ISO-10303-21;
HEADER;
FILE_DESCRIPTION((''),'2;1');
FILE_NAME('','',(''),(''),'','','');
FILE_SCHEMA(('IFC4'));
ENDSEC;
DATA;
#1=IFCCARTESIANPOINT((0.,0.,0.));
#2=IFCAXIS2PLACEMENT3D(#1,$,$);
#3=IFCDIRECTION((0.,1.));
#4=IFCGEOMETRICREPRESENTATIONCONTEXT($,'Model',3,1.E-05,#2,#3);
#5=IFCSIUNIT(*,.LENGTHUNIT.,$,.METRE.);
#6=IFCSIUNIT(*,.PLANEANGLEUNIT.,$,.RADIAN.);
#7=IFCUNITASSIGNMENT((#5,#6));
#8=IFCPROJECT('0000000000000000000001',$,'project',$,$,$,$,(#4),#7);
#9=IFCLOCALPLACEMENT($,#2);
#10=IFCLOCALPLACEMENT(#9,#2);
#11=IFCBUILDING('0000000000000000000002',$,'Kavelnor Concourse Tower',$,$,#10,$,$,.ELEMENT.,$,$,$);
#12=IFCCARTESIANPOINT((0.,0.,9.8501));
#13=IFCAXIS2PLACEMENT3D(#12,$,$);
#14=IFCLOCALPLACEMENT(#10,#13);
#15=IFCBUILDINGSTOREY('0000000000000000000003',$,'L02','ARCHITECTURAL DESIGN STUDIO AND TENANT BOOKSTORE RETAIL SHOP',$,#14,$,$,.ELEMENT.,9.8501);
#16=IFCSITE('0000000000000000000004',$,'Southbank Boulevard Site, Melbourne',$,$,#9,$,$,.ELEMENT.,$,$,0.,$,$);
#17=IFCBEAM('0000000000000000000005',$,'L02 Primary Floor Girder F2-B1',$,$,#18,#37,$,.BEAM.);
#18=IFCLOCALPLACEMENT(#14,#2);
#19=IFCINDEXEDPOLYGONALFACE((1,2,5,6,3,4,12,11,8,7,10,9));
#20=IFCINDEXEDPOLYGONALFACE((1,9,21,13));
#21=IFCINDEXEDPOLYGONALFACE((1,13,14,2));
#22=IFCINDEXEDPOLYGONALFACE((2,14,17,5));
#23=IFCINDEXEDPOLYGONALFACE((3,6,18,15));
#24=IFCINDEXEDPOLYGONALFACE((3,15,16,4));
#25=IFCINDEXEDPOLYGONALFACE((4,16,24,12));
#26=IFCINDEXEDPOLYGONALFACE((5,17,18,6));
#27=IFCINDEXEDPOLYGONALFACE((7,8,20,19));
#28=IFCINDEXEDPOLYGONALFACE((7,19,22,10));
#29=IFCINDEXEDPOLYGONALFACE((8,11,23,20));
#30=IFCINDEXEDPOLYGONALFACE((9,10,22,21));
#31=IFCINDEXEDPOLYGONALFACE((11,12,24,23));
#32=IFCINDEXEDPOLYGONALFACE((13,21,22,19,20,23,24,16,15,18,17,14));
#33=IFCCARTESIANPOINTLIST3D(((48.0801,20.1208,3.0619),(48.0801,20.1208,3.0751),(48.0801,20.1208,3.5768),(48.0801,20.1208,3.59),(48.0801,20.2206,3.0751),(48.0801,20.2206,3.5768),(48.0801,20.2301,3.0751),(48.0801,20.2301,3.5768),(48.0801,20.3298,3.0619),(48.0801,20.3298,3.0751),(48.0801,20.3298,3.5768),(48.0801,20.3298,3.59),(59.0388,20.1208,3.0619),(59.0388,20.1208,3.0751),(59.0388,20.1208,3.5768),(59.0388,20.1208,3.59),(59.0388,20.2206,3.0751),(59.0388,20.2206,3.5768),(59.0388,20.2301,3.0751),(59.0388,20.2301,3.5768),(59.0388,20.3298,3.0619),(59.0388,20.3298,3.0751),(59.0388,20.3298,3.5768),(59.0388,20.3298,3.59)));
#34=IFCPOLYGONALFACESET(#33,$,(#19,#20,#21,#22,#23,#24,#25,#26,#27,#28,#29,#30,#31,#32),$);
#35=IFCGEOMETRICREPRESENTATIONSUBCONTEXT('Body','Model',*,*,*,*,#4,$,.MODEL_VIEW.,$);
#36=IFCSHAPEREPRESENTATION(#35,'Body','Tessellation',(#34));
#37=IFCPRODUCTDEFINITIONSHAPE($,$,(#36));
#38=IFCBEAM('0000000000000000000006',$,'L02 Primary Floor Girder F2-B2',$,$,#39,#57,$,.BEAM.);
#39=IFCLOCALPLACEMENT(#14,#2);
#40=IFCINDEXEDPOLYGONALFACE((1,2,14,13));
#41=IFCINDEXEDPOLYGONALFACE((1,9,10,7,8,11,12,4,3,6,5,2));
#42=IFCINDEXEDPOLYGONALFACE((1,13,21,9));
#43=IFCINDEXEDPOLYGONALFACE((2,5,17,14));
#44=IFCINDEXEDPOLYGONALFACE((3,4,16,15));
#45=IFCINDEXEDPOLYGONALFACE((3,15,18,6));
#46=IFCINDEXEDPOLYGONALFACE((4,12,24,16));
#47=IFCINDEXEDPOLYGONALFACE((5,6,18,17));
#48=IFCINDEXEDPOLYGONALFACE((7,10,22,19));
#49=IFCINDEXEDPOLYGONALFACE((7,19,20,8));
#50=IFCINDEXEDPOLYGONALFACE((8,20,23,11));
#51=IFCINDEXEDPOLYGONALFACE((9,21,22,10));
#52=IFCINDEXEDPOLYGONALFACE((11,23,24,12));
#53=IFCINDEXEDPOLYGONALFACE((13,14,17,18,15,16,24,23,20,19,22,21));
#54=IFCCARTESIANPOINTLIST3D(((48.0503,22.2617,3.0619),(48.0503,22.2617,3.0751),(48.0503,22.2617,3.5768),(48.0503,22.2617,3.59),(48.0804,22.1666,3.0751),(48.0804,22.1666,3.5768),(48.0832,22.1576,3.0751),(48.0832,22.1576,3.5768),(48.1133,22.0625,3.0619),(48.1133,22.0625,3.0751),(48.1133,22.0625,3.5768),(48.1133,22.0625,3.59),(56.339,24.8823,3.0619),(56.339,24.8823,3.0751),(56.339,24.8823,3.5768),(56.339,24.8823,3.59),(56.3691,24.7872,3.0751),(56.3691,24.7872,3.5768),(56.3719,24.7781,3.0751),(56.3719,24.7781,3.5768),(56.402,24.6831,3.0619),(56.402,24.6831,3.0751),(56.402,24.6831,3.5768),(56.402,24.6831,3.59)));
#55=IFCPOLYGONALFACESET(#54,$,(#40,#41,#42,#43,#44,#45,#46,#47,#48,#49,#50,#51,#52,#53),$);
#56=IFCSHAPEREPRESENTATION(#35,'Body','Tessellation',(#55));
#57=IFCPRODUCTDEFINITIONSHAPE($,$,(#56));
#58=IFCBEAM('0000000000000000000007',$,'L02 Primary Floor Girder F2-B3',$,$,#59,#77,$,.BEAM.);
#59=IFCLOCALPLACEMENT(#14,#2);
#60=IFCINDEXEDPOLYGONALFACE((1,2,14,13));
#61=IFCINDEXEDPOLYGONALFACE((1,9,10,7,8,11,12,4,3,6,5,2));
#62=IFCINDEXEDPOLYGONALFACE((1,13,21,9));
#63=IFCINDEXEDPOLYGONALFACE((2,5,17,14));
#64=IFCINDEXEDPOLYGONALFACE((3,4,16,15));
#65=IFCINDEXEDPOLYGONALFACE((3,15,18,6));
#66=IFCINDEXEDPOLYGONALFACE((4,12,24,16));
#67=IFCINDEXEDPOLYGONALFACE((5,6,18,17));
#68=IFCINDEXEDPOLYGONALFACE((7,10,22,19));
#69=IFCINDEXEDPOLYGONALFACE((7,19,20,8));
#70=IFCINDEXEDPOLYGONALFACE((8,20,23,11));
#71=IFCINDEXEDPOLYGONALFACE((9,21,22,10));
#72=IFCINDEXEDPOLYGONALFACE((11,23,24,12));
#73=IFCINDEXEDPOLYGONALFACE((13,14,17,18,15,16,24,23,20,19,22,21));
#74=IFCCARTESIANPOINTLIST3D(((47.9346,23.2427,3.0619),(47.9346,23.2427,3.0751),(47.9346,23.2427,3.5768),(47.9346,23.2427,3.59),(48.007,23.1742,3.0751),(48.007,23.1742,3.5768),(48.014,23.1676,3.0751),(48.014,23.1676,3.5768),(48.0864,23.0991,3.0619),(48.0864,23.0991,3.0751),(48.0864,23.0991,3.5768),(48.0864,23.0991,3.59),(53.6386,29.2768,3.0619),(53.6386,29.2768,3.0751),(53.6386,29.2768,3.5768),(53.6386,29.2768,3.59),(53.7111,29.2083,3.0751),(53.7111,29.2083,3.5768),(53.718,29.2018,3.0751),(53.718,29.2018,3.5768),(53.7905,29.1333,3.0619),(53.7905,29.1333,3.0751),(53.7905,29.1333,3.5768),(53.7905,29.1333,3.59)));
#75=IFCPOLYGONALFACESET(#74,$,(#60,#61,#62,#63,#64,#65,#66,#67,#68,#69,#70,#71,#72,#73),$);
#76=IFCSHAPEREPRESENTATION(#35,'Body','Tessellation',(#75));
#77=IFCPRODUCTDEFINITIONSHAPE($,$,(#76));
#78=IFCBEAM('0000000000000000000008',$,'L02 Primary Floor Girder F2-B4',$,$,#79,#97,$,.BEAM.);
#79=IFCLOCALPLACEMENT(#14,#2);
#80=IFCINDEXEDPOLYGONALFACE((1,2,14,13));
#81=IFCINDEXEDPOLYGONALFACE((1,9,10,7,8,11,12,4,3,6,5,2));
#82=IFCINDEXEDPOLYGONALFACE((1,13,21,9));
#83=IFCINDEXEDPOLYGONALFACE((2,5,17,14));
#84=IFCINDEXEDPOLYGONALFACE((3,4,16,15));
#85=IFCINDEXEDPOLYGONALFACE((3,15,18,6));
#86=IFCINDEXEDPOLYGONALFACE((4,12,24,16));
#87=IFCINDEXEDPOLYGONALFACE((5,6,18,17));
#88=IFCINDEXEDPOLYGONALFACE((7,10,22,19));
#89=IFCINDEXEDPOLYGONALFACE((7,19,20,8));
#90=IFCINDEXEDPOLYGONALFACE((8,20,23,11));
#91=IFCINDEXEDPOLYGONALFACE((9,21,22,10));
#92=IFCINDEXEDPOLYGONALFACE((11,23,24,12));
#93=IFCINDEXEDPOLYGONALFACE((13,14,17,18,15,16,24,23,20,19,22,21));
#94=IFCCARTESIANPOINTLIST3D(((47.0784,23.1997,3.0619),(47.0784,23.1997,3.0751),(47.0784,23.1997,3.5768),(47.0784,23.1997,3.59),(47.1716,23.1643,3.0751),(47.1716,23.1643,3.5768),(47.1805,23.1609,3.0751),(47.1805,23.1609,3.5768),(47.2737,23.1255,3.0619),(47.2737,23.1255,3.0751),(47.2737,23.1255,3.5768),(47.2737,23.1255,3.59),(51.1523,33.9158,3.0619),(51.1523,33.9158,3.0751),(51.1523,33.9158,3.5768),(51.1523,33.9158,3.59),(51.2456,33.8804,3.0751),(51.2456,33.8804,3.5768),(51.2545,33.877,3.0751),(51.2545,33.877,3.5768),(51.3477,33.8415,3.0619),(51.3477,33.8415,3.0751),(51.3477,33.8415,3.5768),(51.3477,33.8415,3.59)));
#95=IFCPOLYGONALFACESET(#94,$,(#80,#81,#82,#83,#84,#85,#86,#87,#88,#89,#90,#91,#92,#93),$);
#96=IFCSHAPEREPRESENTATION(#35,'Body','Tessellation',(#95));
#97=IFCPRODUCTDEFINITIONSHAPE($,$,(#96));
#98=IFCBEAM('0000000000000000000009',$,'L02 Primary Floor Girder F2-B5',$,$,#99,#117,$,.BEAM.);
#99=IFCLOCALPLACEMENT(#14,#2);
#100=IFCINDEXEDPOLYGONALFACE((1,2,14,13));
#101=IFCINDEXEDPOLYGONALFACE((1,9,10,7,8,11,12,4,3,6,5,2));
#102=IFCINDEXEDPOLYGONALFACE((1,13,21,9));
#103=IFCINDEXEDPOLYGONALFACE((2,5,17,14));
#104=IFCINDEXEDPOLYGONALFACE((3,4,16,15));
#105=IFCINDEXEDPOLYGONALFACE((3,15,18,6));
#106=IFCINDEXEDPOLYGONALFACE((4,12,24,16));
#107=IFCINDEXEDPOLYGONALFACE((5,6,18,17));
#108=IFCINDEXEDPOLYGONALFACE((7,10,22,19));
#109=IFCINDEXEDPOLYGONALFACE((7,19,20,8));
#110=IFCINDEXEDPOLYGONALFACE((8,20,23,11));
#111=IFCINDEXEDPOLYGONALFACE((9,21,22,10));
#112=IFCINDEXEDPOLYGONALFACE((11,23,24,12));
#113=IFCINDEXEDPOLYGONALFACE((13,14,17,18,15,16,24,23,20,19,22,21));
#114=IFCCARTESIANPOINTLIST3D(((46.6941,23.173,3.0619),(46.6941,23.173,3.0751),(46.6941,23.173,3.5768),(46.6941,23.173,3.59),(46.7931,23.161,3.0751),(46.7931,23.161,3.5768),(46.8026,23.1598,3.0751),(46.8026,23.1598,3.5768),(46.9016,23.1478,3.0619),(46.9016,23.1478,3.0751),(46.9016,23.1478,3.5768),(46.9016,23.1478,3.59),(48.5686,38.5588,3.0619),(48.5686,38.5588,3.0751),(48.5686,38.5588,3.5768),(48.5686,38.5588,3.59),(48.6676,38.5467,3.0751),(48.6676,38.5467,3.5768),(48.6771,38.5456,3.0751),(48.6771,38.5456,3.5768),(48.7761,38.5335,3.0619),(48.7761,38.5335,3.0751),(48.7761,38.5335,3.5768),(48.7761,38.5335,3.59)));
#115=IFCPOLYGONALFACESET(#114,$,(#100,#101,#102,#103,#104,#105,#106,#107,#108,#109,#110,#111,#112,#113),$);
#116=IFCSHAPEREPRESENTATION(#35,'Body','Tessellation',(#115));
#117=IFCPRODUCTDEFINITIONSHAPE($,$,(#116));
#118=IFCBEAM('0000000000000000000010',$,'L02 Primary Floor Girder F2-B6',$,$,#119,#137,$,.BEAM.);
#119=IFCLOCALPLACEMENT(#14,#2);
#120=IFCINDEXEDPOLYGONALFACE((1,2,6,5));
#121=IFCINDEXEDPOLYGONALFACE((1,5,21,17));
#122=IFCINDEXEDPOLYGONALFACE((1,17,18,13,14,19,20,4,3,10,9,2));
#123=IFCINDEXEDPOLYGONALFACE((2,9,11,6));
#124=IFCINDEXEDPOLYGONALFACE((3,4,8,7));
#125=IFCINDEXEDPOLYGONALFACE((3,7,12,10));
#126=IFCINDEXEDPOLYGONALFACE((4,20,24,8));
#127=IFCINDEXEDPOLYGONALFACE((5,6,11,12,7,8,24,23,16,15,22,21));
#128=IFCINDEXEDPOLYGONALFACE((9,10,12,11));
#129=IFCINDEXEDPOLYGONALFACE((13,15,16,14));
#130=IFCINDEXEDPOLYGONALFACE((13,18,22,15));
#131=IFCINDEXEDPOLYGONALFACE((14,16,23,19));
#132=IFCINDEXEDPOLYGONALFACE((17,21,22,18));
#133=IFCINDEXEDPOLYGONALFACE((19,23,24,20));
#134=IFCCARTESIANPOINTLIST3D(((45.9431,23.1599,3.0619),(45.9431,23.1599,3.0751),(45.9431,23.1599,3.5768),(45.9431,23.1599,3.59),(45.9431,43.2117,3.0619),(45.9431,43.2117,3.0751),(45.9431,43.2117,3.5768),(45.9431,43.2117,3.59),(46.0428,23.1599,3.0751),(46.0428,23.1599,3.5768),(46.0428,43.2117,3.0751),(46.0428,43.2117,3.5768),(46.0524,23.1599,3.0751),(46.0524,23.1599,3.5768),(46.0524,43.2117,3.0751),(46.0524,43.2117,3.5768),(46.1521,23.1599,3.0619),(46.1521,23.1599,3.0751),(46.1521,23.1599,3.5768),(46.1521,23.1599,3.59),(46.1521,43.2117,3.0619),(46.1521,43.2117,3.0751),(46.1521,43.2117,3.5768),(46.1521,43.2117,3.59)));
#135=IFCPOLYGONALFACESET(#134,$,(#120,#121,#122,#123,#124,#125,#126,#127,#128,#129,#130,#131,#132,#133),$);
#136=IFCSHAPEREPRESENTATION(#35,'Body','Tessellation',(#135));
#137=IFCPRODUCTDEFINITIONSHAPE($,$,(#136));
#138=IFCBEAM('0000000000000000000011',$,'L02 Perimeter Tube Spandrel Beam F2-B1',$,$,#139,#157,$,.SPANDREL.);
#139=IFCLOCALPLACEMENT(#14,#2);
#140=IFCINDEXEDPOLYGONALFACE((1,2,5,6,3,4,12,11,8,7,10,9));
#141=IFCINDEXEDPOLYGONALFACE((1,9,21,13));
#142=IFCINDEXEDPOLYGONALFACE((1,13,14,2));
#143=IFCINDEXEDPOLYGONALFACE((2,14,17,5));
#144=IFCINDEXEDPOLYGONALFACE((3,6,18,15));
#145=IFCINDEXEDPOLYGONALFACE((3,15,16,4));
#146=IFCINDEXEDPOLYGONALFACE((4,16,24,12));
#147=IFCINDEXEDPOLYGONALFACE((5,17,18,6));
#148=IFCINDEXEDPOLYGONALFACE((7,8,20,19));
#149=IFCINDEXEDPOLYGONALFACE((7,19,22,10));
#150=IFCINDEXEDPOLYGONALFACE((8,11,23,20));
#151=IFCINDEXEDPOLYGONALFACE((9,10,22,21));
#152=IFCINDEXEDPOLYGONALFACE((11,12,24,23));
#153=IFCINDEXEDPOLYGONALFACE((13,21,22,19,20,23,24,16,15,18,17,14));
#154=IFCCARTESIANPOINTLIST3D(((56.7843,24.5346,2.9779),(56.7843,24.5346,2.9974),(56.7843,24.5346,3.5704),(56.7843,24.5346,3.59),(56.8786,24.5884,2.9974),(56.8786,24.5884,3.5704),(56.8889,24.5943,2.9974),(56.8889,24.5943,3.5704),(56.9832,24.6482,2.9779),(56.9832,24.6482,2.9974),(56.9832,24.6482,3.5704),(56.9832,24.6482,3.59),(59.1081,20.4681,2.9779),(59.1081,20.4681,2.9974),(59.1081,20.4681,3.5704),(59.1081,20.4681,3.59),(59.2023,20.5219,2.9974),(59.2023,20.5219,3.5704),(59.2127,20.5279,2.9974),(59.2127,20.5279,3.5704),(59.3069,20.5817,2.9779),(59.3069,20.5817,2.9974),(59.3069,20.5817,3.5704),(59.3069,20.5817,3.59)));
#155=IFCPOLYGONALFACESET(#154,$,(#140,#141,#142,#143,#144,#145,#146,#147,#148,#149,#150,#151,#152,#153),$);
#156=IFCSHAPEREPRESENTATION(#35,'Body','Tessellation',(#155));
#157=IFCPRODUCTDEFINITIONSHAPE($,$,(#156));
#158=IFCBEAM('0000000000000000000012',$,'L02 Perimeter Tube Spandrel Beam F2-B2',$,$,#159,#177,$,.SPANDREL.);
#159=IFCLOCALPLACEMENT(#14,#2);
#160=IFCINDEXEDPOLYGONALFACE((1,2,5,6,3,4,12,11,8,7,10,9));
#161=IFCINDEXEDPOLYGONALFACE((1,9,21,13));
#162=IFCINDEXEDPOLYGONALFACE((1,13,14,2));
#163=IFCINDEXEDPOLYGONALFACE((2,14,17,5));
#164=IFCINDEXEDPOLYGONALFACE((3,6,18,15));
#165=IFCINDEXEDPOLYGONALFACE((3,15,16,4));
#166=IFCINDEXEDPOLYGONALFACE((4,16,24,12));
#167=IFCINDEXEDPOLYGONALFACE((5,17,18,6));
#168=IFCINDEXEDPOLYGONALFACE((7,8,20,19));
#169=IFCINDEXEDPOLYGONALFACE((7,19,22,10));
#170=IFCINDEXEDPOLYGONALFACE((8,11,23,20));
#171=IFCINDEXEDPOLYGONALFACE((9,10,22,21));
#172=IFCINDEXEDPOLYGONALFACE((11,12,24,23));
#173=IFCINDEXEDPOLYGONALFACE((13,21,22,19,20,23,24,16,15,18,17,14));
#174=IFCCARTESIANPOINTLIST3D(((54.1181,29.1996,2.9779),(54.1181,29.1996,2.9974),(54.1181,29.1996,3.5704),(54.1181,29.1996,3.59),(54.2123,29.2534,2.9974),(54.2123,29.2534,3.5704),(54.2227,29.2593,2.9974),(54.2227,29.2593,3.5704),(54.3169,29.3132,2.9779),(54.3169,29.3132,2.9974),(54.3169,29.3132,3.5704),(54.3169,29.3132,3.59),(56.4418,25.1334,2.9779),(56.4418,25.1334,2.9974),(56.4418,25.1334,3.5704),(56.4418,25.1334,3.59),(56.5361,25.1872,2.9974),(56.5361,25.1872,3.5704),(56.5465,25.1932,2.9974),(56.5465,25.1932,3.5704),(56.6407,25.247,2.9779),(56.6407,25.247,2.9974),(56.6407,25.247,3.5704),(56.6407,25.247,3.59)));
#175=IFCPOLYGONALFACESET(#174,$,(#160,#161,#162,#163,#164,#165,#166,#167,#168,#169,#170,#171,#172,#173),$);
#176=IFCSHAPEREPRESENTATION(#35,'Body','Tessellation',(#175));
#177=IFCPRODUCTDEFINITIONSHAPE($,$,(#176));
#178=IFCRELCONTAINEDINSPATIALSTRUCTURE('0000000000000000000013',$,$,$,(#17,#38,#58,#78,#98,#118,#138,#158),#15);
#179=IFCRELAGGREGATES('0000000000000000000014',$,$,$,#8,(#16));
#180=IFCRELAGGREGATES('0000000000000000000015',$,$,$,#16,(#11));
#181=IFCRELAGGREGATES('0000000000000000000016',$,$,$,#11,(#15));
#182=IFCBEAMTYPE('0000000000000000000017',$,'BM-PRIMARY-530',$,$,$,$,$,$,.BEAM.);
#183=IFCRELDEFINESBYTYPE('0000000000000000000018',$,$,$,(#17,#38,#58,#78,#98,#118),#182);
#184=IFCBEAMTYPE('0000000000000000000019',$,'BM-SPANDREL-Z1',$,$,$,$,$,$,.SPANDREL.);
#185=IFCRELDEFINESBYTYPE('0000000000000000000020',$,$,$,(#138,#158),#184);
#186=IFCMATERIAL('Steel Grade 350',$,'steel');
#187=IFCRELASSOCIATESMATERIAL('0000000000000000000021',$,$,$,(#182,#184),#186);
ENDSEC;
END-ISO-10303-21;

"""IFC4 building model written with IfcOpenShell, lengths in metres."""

from ifc_helpers import new_model, si_unit, direction, frame, origin, origin_2d, place, context, subcontext, project, spatial, i_section, extrude, material, material_profile, profile_set, type_object, element, save


model = new_model("IFC4")

# Units and contexts
model_context = context("Model", 3, precision=1e-05, world=origin(), true_north=direction((0.0, 1.0)))
body_context = subcontext(model_context, "Body", "Model", "MODEL_VIEW")
ifc_project = project(units=[si_unit("LENGTHUNIT", "METRE"), si_unit("PLANEANGLEUNIT", "RADIAN")], contexts=[model_context])

# Site, building, storey
site_placement = place(None, origin())
site = spatial("IfcSite", under=ifc_project, at=site_placement, Name="Southbank Boulevard Site, Melbourne", CompositionType="ELEMENT", RefElevation=0.0)
building_placement = place(site_placement, origin())
building = spatial("IfcBuilding", under=site, at=building_placement, Name="Kavelnor Concourse Tower", CompositionType="ELEMENT")
storey_placement = place(building_placement, frame((0.0, 0.0, 9.8501)))
storey = spatial("IfcBuildingStorey", under=building, at=storey_placement, Name="L02", Description="ARCHITECTURAL DESIGN STUDIO AND TENANT BOOKSTORE RETAIL SHOP", CompositionType="ELEMENT", Elevation=9.8501)

# Shared definitions
ifc_material_1 = material(Name="Steel Grade 350", Category="steel")

# Beams
ifc_material_profile_1 = material_profile(ifc_material_1, i_section(OverallWidth=0.209, OverallDepth=0.5281, WebThickness=0.0095, FlangeThickness=0.0132, at=origin_2d()), Name="530UB82")
ifc_profile_set_1 = profile_set([ifc_material_profile_1], Name="Steel Grade 350")
beam_type_1 = type_object("IfcBeamType", Name="BM-PRIMARY-530", PredefinedType="BEAM", material=ifc_profile_set_1)
beam_1_placement = place(storey_placement, frame((48.0801, 20.2253, 3.3259), z_axis=(1.0, 0.0, 0.0), x_axis=(0.0, 1.0, 0.0)))
element("IfcBeam", 1, at=beam_1_placement, inside=storey, type_object=beam_type_1, Name="L02 Primary Floor Girder F2-B1", PredefinedType="BEAM", context=body_context, shape_type="SweptSolid", body=[
    extrude(i_section(OverallWidth=0.209, OverallDepth=0.5281, WebThickness=0.0095, FlangeThickness=0.0132, at=origin_2d()), origin(), (0.0, 0.0, 1.0), 10.9587),
])
beam_2_placement = place(storey_placement, frame((48.0818, 22.1621, 3.3259), z_axis=(0.953481, 0.301454, 0.0), x_axis=(-0.301454, 0.953481, 0.0)))
element("IfcBeam", 2, at=beam_2_placement, inside=storey, type_object=beam_type_1, Name="L02 Primary Floor Girder F2-B2", PredefinedType="BEAM", context=body_context, shape_type="SweptSolid", body=[
    extrude(i_section(OverallWidth=0.209, OverallDepth=0.5281, WebThickness=0.0095, FlangeThickness=0.0132, at=origin_2d()), origin(), (0.0, 0.0, 1.0), 8.6931),
])
beam_3_placement = place(storey_placement, frame((48.0105, 23.1709, 3.3259), z_axis=(0.686952, 0.726703, 0.0), x_axis=(-0.726703, 0.686952, 0.0)))
element("IfcBeam", 3, at=beam_3_placement, inside=storey, type_object=beam_type_1, Name="L02 Primary Floor Girder F2-B3", PredefinedType="BEAM", context=body_context, shape_type="SweptSolid", body=[
    extrude(i_section(OverallWidth=0.209, OverallDepth=0.5281, WebThickness=0.0095, FlangeThickness=0.0132, at=origin_2d()), origin(), (0.0, 0.0, 1.0), 8.3035),
])
beam_4_placement = place(storey_placement, frame((47.176, 23.1626, 3.3259), z_axis=(0.35536, 0.934729, 0.0), x_axis=(-0.934729, 0.35536, 0.0)))
element("IfcBeam", 4, at=beam_4_placement, inside=storey, type_object=beam_type_1, Name="L02 Primary Floor Girder F2-B4", PredefinedType="BEAM", context=body_context, shape_type="SweptSolid", body=[
    extrude(i_section(OverallWidth=0.209, OverallDepth=0.5281, WebThickness=0.0095, FlangeThickness=0.0132, at=origin_2d()), origin(), (0.0, 0.0, 1.0), 11.4644),
])
beam_5_placement = place(storey_placement, frame((46.7979, 23.1604, 3.3259), z_axis=(0.12094, 0.99266, 0.0), x_axis=(-0.99266, 0.12094, 0.0)))
element("IfcBeam", 5, at=beam_5_placement, inside=storey, type_object=beam_type_1, Name="L02 Primary Floor Girder F2-B5", PredefinedType="BEAM", context=body_context, shape_type="SweptSolid", body=[
    extrude(i_section(OverallWidth=0.209, OverallDepth=0.5281, WebThickness=0.0095, FlangeThickness=0.0132, at=origin_2d()), origin(), (0.0, 0.0, 1.0), 15.4995),
])
beam_6_placement = place(storey_placement, frame((46.0476, 23.1599, 3.3259), z_axis=(0.0, 1.0, 0.0), x_axis=(-1.0, 0.0, 0.0)))
element("IfcBeam", 6, at=beam_6_placement, inside=storey, type_object=beam_type_1, Name="L02 Primary Floor Girder F2-B6", PredefinedType="BEAM", context=body_context, shape_type="SweptSolid", body=[
    extrude(i_section(OverallWidth=0.209, OverallDepth=0.5281, WebThickness=0.0095, FlangeThickness=0.0132, at=origin_2d()), origin(), (0.0, 0.0, 1.0), 20.0518),
])
ifc_material_profile_2 = material_profile(ifc_material_1, i_section(OverallWidth=0.229, OverallDepth=0.6121, WebThickness=0.012, FlangeThickness=0.0195, at=origin_2d()), Name="610UB125")
ifc_profile_set_2 = profile_set([ifc_material_profile_2], Name="Steel Grade 350")
beam_type_2 = type_object("IfcBeamType", Name="BM-SPANDREL-Z1", PredefinedType="SPANDREL", material=ifc_profile_set_2)
beam_7_placement = place(storey_placement, frame((59.2075, 20.5249, 3.2839), z_axis=(-0.49615, 0.868237, 0.0), x_axis=(-0.868237, -0.49615, 0.0)))
element("IfcBeam", 7, at=beam_7_placement, inside=storey, type_object=beam_type_2, Name="L02 Perimeter Tube Spandrel Beam F2-B1", PredefinedType="SPANDREL", context=body_context, shape_type="SweptSolid", body=[
    extrude(i_section(OverallWidth=0.229, OverallDepth=0.6121, WebThickness=0.012, FlangeThickness=0.0195, at=origin_2d()), origin(), (0.0, 0.0, 1.0), 4.6836),
])
beam_8_placement = place(storey_placement, frame((56.5413, 25.1902, 3.2839), z_axis=(-0.496173, 0.868224, 0.0), x_axis=(-0.868224, -0.496173, 0.0)))
element("IfcBeam", 8, at=beam_8_placement, inside=storey, type_object=beam_type_2, Name="L02 Perimeter Tube Spandrel Beam F2-B2", PredefinedType="SPANDREL", context=body_context, shape_type="SweptSolid", body=[
    extrude(i_section(OverallWidth=0.229, OverallDepth=0.6121, WebThickness=0.012, FlangeThickness=0.0195, at=origin_2d()), origin(), (0.0, 0.0, 1.0), 4.6833),
])

save(model, "model.ifc")
